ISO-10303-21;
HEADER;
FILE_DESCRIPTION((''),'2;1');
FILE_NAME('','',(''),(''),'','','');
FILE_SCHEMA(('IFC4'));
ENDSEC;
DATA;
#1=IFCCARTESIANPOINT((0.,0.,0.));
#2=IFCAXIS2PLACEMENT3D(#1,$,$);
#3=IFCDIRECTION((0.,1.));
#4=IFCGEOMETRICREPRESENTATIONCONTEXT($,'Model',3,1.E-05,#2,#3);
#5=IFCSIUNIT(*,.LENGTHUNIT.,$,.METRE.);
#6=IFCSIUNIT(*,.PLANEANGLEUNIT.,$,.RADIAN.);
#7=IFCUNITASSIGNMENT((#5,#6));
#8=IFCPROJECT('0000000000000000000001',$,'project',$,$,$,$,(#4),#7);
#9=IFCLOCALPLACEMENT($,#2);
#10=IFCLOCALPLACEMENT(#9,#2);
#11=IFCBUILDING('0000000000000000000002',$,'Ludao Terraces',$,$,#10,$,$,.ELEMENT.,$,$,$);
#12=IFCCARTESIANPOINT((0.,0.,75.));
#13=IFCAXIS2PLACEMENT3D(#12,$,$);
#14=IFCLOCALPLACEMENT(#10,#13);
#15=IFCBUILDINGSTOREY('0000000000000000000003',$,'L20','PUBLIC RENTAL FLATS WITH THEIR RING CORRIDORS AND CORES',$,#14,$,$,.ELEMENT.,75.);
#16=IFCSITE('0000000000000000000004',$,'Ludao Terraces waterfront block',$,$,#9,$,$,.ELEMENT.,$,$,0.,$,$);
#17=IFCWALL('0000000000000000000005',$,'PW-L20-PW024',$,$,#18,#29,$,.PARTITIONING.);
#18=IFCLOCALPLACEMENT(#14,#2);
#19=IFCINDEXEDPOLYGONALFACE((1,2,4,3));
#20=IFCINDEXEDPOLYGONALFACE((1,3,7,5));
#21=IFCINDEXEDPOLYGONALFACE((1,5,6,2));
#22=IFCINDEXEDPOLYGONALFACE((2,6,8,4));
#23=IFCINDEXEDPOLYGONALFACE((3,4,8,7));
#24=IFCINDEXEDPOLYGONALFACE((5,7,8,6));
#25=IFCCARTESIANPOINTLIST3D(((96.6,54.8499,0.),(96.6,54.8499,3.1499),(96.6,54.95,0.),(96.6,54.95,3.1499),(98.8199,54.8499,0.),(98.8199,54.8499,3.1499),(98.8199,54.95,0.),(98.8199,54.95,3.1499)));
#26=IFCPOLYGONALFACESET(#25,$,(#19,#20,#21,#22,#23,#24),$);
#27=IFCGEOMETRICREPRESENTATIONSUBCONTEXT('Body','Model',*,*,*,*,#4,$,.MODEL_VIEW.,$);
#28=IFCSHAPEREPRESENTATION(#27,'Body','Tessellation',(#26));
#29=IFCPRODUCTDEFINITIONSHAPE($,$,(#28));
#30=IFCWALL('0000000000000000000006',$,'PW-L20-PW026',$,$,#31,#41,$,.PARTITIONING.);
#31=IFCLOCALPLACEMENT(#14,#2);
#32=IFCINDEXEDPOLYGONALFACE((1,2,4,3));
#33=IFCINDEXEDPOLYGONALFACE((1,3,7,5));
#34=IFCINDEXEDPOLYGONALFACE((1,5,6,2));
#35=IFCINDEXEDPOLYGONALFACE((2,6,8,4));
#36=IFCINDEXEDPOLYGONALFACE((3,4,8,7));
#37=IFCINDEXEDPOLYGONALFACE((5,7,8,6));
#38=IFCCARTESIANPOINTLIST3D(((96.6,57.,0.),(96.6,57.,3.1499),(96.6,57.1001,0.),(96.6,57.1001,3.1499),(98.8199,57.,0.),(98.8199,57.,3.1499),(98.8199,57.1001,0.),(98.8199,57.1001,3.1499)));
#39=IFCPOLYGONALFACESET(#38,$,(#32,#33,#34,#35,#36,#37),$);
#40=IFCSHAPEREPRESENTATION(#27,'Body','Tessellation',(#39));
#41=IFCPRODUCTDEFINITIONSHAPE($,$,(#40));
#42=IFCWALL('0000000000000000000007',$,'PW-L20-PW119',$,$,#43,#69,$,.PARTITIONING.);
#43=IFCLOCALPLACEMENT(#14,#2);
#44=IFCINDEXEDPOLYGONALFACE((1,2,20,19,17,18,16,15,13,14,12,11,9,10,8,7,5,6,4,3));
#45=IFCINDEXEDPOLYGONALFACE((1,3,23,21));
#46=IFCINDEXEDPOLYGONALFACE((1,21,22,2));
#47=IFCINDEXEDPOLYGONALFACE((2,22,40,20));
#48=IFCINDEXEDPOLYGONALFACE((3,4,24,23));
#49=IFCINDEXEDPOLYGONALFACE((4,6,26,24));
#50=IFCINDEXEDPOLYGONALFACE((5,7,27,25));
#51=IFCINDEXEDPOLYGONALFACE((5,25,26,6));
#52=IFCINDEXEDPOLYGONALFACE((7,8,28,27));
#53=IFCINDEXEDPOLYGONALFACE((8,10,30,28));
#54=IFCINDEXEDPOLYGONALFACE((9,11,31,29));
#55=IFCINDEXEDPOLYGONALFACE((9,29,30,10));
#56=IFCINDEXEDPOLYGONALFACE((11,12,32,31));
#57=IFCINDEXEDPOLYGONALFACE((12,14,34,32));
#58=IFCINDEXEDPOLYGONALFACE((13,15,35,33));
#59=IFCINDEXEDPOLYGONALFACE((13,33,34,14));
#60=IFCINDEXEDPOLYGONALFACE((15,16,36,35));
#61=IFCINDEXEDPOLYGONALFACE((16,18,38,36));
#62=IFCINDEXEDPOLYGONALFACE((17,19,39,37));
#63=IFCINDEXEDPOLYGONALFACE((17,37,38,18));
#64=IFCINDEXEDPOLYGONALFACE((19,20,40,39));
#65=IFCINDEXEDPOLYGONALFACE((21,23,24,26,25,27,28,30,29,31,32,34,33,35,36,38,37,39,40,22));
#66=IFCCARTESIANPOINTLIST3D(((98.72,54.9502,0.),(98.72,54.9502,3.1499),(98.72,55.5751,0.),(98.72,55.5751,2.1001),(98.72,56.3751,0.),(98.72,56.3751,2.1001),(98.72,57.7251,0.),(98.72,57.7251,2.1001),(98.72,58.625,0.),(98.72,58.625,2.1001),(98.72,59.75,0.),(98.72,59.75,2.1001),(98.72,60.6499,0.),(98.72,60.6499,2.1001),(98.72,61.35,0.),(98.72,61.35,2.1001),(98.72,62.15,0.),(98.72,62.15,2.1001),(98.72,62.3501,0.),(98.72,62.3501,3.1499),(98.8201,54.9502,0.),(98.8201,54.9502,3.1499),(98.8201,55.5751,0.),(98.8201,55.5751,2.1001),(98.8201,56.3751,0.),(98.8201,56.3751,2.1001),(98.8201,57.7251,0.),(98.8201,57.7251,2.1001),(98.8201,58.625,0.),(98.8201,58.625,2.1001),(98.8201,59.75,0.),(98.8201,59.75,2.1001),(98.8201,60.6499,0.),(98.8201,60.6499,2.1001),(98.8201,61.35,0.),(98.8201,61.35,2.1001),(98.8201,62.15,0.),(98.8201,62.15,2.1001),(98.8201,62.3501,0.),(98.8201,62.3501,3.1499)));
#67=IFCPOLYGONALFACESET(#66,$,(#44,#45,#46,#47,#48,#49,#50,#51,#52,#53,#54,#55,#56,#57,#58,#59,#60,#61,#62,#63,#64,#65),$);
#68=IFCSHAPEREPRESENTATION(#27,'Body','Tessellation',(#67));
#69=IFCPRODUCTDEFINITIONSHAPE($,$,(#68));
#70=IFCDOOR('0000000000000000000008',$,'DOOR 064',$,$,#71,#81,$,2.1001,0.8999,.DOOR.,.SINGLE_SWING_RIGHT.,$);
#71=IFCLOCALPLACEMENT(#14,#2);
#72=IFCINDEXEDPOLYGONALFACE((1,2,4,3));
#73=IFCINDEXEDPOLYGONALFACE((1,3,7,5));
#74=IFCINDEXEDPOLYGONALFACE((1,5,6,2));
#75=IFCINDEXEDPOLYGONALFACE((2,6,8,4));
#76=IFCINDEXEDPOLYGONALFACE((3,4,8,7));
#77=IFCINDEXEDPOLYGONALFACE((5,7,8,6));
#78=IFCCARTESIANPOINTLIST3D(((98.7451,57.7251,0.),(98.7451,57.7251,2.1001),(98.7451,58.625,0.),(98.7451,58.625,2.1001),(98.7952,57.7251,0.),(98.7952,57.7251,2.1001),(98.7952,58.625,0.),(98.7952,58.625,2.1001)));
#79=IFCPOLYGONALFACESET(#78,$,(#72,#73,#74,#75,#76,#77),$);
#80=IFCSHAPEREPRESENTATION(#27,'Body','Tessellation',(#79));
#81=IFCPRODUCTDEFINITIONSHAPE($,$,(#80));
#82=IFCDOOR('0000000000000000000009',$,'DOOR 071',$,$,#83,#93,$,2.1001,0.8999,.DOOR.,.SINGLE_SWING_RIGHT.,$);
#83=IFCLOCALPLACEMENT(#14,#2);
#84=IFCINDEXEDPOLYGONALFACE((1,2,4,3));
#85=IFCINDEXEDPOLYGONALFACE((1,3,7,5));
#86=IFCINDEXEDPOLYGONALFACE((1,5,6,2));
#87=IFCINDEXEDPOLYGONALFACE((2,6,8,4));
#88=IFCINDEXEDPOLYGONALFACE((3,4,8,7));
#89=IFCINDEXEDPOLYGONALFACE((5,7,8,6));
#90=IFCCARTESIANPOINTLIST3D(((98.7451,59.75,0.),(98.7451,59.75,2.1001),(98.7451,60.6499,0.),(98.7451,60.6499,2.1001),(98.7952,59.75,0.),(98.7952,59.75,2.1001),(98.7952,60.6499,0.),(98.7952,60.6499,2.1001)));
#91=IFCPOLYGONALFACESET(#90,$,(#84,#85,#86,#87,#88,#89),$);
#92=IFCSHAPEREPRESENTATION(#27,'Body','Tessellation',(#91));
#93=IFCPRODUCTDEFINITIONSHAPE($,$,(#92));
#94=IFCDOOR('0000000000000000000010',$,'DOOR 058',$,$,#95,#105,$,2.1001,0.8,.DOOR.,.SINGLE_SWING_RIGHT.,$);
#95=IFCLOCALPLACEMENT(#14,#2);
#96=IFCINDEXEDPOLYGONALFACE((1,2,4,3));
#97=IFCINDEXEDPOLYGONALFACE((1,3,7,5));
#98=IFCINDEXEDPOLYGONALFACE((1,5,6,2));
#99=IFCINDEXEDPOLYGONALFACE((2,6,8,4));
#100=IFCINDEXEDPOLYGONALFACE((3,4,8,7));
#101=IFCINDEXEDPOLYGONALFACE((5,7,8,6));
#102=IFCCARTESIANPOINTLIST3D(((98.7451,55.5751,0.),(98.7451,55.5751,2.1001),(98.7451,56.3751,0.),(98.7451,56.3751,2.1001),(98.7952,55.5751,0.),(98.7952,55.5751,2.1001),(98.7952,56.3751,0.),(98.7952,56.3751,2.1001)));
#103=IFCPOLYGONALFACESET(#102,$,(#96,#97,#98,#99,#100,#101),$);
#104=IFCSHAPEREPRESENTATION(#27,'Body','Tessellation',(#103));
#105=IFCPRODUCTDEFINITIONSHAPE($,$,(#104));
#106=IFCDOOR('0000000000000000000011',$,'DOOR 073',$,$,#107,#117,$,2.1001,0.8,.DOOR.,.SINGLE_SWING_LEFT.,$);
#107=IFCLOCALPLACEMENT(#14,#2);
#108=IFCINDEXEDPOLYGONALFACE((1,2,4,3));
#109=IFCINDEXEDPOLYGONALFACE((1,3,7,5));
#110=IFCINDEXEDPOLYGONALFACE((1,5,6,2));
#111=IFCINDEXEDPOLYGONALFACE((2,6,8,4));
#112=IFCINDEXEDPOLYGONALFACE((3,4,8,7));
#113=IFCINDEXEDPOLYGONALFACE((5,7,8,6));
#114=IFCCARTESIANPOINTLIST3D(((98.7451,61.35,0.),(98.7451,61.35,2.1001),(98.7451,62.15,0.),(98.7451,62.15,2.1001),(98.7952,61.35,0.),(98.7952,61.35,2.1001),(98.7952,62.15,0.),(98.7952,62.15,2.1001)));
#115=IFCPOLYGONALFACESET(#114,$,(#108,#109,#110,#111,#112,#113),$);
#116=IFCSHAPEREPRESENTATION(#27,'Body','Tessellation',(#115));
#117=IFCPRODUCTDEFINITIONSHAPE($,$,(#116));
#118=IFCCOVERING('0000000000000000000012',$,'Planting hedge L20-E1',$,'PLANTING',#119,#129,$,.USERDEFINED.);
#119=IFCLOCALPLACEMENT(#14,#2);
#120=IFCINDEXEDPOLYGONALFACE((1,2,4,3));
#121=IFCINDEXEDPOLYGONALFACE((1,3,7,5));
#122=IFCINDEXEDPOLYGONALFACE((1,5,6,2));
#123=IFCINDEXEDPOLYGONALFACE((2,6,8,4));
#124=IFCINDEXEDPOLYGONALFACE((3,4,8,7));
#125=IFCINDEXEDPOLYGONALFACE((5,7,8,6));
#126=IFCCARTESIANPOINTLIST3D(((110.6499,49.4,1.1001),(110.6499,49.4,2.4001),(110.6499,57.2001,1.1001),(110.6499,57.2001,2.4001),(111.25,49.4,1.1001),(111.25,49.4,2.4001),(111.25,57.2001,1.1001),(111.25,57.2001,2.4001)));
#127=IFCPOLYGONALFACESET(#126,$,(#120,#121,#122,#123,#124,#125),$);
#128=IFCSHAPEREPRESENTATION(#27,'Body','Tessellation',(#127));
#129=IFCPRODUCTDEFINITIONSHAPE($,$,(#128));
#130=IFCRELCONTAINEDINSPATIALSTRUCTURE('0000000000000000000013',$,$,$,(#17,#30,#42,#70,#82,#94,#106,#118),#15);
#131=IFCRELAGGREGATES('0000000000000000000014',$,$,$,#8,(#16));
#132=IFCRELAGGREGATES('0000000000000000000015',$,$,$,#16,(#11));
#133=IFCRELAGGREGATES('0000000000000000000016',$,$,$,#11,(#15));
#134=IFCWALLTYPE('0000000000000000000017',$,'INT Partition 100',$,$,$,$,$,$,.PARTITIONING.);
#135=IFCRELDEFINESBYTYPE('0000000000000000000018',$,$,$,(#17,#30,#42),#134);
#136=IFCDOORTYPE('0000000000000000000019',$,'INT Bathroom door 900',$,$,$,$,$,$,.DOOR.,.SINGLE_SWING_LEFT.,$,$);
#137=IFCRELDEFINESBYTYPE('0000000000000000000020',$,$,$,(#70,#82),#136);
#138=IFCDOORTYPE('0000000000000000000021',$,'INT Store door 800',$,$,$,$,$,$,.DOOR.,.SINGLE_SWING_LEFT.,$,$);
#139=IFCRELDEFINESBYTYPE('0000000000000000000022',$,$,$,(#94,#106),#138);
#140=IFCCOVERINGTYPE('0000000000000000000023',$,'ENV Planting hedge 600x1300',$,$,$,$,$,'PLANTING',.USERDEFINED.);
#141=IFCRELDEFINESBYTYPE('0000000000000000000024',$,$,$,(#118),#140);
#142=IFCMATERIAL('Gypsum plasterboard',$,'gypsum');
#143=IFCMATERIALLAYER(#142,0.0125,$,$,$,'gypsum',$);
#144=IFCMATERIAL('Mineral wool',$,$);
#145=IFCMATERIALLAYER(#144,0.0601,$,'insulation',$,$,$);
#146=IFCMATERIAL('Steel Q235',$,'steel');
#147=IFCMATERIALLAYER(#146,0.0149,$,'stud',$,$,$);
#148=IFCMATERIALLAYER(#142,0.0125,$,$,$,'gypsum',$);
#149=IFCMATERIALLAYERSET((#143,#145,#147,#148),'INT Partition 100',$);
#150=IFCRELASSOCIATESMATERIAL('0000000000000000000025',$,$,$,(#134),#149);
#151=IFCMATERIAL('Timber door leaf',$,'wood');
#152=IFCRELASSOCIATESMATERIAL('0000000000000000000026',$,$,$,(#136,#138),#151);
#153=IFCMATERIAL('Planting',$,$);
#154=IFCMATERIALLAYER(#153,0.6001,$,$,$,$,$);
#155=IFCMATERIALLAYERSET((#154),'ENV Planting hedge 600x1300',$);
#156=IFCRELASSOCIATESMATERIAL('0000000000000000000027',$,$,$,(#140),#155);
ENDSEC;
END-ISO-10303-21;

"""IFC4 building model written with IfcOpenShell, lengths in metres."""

from ifc_helpers import new_model, si_unit, direction, frame, frame_2d, origin, origin_2d, place, context, subcontext, project, spatial, rectangle, extrude, material, layer, layer_set, type_object, element, fill, save


model = new_model("IFC4")

# Units and contexts
model_context = context("Model", 3, precision=1e-05, world=origin(), true_north=direction((0.0, 1.0)))
body_context = subcontext(model_context, "Body", "Model", "MODEL_VIEW")
ifc_project = project(units=[si_unit("LENGTHUNIT", "METRE"), si_unit("PLANEANGLEUNIT", "RADIAN")], contexts=[model_context])

# Site, building, storey
site_placement = place(None, origin())
site = spatial("IfcSite", under=ifc_project, at=site_placement, Name="Ludao Terraces waterfront block", CompositionType="ELEMENT", RefElevation=0.0)
building_placement = place(site_placement, origin())
building = spatial("IfcBuilding", under=site, at=building_placement, Name="Ludao Terraces", CompositionType="ELEMENT")
storey_placement = place(building_placement, frame((0.0, 0.0, 75.0)))
storey = spatial("IfcBuildingStorey", under=building, at=storey_placement, Name="L20", Description="PUBLIC RENTAL FLATS WITH THEIR RING CORRIDORS AND CORES", CompositionType="ELEMENT", Elevation=75.0)

# Shared definitions
ifc_material_1 = material(Name="Mineral wool")

# Shared definitions
ifc_material_2 = material(Name="Steel Q235", Category="steel")

# Walls
ifc_material_3 = material(Name="Gypsum plasterboard", Category="gypsum")
ifc_layer_1 = layer(ifc_material_3, 0.0125, Category="gypsum")
ifc_layer_2 = layer(ifc_material_1, 0.0601, Name="insulation")
ifc_layer_3 = layer(ifc_material_2, 0.0149, Name="stud")
ifc_layer_4 = layer(ifc_material_3, 0.0125, Category="gypsum")
ifc_layer_set_1 = layer_set([ifc_layer_1, ifc_layer_2, ifc_layer_3, ifc_layer_4], Name="INT Partition 100")
wall_type_1 = type_object("IfcWallType", Name="INT Partition 100", PredefinedType="PARTITIONING", material=ifc_layer_set_1)
for number, where, z_axis, x_axis, name in (
    (1, (96.6001, 54.8999, 0.0), (0.0, 0.0, 1.0), (1.0, 0.0, 0.0), "PW-L20-PW024"),
    (2, (96.6001, 57.05, 0.0), (0.0, 0.0, 1.0), (1.0, 0.0, 0.0), "PW-L20-PW026"),
):
    element("IfcWall", number, at=place(storey_placement, frame(where, z_axis=z_axis, x_axis=x_axis)), inside=storey, type_object=wall_type_1, Name=name, PredefinedType="PARTITIONING", context=body_context, shape_type="SweptSolid", body=[
        extrude(rectangle(XDim=2.22, YDim=0.1001, at=frame_2d((1.1099, 0.0))), origin(), (0.0, 0.0, 1.0), 3.1499),
    ])

# Wall, openings, doors
wall_1_placement = place(storey_placement, frame((98.77, 54.9502, 0.0), z_axis=(0.0, 0.0, 1.0), x_axis=(0.0, 1.0, 0.0)))
wall_1 = element("IfcWall", 3, at=wall_1_placement, inside=storey, type_object=wall_type_1, Name="PW-L20-PW119", PredefinedType="PARTITIONING", context=body_context, shape_type="SweptSolid", body=[
    extrude(rectangle(XDim=7.3999, YDim=0.1001, at=frame_2d((3.7, 0.0))), origin(), (0.0, 0.0, 1.0), 3.1499),
])
opening_1_placement = place(wall_1_placement, frame((0.625, 0.0, 0.0)))
opening_1 = element("IfcOpeningElement", 4, at=opening_1_placement, cuts=wall_1, PredefinedType="OPENING", context=body_context, shape_type="SweptSolid", body=[
    extrude(rectangle(XDim=0.8, YDim=2.1001, at=frame_2d((0.3999, 1.05))), frame((0.0, 0.0601, 0.0), z_axis=(0.0, -1.0, 0.0), x_axis=(1.0, 0.0, 0.0)), (0.0, 0.0, 1.0), 0.1201),
])
opening_2_placement = place(wall_1_placement, frame((2.7749, 0.0, 0.0)))
opening_2 = element("IfcOpeningElement", 5, at=opening_2_placement, cuts=wall_1, PredefinedType="OPENING", context=body_context, shape_type="SweptSolid", body=[
    extrude(rectangle(XDim=0.8999, YDim=2.1001, at=frame_2d((0.45, 1.05))), frame((0.0, 0.0601, 0.0), z_axis=(0.0, -1.0, 0.0), x_axis=(1.0, 0.0, 0.0)), (0.0, 0.0, 1.0), 0.1201),
])
opening_3_placement = place(wall_1_placement, frame((4.7998, 0.0, 0.0)))
opening_3 = element("IfcOpeningElement", 6, at=opening_3_placement, cuts=wall_1, PredefinedType="OPENING", context=body_context, shape_type="SweptSolid", body=[
    extrude(rectangle(XDim=0.8999, YDim=2.1001, at=frame_2d((0.45, 1.05))), frame((0.0, 0.0601, 0.0), z_axis=(0.0, -1.0, 0.0), x_axis=(1.0, 0.0, 0.0)), (0.0, 0.0, 1.0), 0.1201),
])
opening_4_placement = place(wall_1_placement, frame((6.3999, 0.0, 0.0)))
opening_4 = element("IfcOpeningElement", 7, at=opening_4_placement, cuts=wall_1, PredefinedType="OPENING", context=body_context, shape_type="SweptSolid", body=[
    extrude(rectangle(XDim=0.8, YDim=2.1001, at=frame_2d((0.3999, 1.05))), frame((0.0, 0.0601, 0.0), z_axis=(0.0, -1.0, 0.0), x_axis=(1.0, 0.0, 0.0)), (0.0, 0.0, 1.0), 0.1201),
])
ifc_material_4 = material(Name="Timber door leaf", Category="wood")
door_type_1 = type_object("IfcDoorType", Name="INT Bathroom door 900", OperationType="SINGLE_SWING_LEFT", PredefinedType="DOOR", material=ifc_material_4)
door_1_placement = place(opening_2_placement, origin())
door_1 = element("IfcDoor", 8, at=door_1_placement, inside=storey, type_object=door_type_1, Name="DOOR 064", OperationType="SINGLE_SWING_RIGHT", OverallHeight=2.1001, OverallWidth=0.8999, PredefinedType="DOOR", context=body_context, shape_type="SweptSolid", body=[
    extrude(rectangle(XDim=0.8999, YDim=2.1001, at=frame_2d((0.45, 1.05))), frame((0.0, 0.0249, 0.0), z_axis=(0.0, -1.0, 0.0), x_axis=(1.0, 0.0, 0.0)), (0.0, 0.0, 1.0), 0.05),
])
fill(opening_2, door_1)
door_2_placement = place(opening_3_placement, origin())
door_2 = element("IfcDoor", 9, at=door_2_placement, inside=storey, type_object=door_type_1, Name="DOOR 071", OperationType="SINGLE_SWING_RIGHT", OverallHeight=2.1001, OverallWidth=0.8999, PredefinedType="DOOR", context=body_context, shape_type="SweptSolid", body=[
    extrude(rectangle(XDim=0.8999, YDim=2.1001, at=frame_2d((0.45, 1.05))), frame((0.0, 0.0249, 0.0), z_axis=(0.0, -1.0, 0.0), x_axis=(1.0, 0.0, 0.0)), (0.0, 0.0, 1.0), 0.05),
])
fill(opening_3, door_2)
door_type_2 = type_object("IfcDoorType", Name="INT Store door 800", OperationType="SINGLE_SWING_LEFT", PredefinedType="DOOR", material=ifc_material_4)
door_3_placement = place(opening_1_placement, origin())
door_3 = element("IfcDoor", 10, at=door_3_placement, inside=storey, type_object=door_type_2, Name="DOOR 058", OperationType="SINGLE_SWING_RIGHT", OverallHeight=2.1001, OverallWidth=0.8, PredefinedType="DOOR", context=body_context, shape_type="SweptSolid", body=[
    extrude(rectangle(XDim=0.8, YDim=2.1001, at=frame_2d((0.3999, 1.05))), frame((0.0, 0.0249, 0.0), z_axis=(0.0, -1.0, 0.0), x_axis=(1.0, 0.0, 0.0)), (0.0, 0.0, 1.0), 0.05),
])
fill(opening_1, door_3)
door_4_placement = place(opening_4_placement, origin())
door_4 = element("IfcDoor", 11, at=door_4_placement, inside=storey, type_object=door_type_2, Name="DOOR 073", OperationType="SINGLE_SWING_LEFT", OverallHeight=2.1001, OverallWidth=0.8, PredefinedType="DOOR", context=body_context, shape_type="SweptSolid", body=[
    extrude(rectangle(XDim=0.8, YDim=2.1001, at=frame_2d((0.3999, 1.05))), frame((0.0, 0.0249, 0.0), z_axis=(0.0, -1.0, 0.0), x_axis=(1.0, 0.0, 0.0)), (0.0, 0.0, 1.0), 0.05),
])
fill(opening_4, door_4)

# Covering
ifc_material_5 = material(Name="Planting")
ifc_layer_5 = layer(ifc_material_5, 0.6001)
ifc_layer_set_2 = layer_set([ifc_layer_5], Name="ENV Planting hedge 600x1300")
covering_type = type_object("IfcCoveringType", Name="ENV Planting hedge 600x1300", ElementType="PLANTING", PredefinedType="USERDEFINED", material=ifc_layer_set_2)
covering_placement = place(storey_placement, frame((110.95, 53.3, 1.1001), z_axis=(0.0, 0.0, 1.0), x_axis=(1.0, 0.0, 0.0)))
element("IfcCovering", 12, at=covering_placement, inside=storey, type_object=covering_type, Name="Planting hedge L20-E1", ObjectType="PLANTING", PredefinedType="USERDEFINED", context=body_context, shape_type="SweptSolid", body=[
    extrude(rectangle(XDim=0.6001, YDim=7.8, at=origin_2d()), origin(), (0.0, 0.0, 1.0), 1.3),
])

save(model, "model.ifc")
